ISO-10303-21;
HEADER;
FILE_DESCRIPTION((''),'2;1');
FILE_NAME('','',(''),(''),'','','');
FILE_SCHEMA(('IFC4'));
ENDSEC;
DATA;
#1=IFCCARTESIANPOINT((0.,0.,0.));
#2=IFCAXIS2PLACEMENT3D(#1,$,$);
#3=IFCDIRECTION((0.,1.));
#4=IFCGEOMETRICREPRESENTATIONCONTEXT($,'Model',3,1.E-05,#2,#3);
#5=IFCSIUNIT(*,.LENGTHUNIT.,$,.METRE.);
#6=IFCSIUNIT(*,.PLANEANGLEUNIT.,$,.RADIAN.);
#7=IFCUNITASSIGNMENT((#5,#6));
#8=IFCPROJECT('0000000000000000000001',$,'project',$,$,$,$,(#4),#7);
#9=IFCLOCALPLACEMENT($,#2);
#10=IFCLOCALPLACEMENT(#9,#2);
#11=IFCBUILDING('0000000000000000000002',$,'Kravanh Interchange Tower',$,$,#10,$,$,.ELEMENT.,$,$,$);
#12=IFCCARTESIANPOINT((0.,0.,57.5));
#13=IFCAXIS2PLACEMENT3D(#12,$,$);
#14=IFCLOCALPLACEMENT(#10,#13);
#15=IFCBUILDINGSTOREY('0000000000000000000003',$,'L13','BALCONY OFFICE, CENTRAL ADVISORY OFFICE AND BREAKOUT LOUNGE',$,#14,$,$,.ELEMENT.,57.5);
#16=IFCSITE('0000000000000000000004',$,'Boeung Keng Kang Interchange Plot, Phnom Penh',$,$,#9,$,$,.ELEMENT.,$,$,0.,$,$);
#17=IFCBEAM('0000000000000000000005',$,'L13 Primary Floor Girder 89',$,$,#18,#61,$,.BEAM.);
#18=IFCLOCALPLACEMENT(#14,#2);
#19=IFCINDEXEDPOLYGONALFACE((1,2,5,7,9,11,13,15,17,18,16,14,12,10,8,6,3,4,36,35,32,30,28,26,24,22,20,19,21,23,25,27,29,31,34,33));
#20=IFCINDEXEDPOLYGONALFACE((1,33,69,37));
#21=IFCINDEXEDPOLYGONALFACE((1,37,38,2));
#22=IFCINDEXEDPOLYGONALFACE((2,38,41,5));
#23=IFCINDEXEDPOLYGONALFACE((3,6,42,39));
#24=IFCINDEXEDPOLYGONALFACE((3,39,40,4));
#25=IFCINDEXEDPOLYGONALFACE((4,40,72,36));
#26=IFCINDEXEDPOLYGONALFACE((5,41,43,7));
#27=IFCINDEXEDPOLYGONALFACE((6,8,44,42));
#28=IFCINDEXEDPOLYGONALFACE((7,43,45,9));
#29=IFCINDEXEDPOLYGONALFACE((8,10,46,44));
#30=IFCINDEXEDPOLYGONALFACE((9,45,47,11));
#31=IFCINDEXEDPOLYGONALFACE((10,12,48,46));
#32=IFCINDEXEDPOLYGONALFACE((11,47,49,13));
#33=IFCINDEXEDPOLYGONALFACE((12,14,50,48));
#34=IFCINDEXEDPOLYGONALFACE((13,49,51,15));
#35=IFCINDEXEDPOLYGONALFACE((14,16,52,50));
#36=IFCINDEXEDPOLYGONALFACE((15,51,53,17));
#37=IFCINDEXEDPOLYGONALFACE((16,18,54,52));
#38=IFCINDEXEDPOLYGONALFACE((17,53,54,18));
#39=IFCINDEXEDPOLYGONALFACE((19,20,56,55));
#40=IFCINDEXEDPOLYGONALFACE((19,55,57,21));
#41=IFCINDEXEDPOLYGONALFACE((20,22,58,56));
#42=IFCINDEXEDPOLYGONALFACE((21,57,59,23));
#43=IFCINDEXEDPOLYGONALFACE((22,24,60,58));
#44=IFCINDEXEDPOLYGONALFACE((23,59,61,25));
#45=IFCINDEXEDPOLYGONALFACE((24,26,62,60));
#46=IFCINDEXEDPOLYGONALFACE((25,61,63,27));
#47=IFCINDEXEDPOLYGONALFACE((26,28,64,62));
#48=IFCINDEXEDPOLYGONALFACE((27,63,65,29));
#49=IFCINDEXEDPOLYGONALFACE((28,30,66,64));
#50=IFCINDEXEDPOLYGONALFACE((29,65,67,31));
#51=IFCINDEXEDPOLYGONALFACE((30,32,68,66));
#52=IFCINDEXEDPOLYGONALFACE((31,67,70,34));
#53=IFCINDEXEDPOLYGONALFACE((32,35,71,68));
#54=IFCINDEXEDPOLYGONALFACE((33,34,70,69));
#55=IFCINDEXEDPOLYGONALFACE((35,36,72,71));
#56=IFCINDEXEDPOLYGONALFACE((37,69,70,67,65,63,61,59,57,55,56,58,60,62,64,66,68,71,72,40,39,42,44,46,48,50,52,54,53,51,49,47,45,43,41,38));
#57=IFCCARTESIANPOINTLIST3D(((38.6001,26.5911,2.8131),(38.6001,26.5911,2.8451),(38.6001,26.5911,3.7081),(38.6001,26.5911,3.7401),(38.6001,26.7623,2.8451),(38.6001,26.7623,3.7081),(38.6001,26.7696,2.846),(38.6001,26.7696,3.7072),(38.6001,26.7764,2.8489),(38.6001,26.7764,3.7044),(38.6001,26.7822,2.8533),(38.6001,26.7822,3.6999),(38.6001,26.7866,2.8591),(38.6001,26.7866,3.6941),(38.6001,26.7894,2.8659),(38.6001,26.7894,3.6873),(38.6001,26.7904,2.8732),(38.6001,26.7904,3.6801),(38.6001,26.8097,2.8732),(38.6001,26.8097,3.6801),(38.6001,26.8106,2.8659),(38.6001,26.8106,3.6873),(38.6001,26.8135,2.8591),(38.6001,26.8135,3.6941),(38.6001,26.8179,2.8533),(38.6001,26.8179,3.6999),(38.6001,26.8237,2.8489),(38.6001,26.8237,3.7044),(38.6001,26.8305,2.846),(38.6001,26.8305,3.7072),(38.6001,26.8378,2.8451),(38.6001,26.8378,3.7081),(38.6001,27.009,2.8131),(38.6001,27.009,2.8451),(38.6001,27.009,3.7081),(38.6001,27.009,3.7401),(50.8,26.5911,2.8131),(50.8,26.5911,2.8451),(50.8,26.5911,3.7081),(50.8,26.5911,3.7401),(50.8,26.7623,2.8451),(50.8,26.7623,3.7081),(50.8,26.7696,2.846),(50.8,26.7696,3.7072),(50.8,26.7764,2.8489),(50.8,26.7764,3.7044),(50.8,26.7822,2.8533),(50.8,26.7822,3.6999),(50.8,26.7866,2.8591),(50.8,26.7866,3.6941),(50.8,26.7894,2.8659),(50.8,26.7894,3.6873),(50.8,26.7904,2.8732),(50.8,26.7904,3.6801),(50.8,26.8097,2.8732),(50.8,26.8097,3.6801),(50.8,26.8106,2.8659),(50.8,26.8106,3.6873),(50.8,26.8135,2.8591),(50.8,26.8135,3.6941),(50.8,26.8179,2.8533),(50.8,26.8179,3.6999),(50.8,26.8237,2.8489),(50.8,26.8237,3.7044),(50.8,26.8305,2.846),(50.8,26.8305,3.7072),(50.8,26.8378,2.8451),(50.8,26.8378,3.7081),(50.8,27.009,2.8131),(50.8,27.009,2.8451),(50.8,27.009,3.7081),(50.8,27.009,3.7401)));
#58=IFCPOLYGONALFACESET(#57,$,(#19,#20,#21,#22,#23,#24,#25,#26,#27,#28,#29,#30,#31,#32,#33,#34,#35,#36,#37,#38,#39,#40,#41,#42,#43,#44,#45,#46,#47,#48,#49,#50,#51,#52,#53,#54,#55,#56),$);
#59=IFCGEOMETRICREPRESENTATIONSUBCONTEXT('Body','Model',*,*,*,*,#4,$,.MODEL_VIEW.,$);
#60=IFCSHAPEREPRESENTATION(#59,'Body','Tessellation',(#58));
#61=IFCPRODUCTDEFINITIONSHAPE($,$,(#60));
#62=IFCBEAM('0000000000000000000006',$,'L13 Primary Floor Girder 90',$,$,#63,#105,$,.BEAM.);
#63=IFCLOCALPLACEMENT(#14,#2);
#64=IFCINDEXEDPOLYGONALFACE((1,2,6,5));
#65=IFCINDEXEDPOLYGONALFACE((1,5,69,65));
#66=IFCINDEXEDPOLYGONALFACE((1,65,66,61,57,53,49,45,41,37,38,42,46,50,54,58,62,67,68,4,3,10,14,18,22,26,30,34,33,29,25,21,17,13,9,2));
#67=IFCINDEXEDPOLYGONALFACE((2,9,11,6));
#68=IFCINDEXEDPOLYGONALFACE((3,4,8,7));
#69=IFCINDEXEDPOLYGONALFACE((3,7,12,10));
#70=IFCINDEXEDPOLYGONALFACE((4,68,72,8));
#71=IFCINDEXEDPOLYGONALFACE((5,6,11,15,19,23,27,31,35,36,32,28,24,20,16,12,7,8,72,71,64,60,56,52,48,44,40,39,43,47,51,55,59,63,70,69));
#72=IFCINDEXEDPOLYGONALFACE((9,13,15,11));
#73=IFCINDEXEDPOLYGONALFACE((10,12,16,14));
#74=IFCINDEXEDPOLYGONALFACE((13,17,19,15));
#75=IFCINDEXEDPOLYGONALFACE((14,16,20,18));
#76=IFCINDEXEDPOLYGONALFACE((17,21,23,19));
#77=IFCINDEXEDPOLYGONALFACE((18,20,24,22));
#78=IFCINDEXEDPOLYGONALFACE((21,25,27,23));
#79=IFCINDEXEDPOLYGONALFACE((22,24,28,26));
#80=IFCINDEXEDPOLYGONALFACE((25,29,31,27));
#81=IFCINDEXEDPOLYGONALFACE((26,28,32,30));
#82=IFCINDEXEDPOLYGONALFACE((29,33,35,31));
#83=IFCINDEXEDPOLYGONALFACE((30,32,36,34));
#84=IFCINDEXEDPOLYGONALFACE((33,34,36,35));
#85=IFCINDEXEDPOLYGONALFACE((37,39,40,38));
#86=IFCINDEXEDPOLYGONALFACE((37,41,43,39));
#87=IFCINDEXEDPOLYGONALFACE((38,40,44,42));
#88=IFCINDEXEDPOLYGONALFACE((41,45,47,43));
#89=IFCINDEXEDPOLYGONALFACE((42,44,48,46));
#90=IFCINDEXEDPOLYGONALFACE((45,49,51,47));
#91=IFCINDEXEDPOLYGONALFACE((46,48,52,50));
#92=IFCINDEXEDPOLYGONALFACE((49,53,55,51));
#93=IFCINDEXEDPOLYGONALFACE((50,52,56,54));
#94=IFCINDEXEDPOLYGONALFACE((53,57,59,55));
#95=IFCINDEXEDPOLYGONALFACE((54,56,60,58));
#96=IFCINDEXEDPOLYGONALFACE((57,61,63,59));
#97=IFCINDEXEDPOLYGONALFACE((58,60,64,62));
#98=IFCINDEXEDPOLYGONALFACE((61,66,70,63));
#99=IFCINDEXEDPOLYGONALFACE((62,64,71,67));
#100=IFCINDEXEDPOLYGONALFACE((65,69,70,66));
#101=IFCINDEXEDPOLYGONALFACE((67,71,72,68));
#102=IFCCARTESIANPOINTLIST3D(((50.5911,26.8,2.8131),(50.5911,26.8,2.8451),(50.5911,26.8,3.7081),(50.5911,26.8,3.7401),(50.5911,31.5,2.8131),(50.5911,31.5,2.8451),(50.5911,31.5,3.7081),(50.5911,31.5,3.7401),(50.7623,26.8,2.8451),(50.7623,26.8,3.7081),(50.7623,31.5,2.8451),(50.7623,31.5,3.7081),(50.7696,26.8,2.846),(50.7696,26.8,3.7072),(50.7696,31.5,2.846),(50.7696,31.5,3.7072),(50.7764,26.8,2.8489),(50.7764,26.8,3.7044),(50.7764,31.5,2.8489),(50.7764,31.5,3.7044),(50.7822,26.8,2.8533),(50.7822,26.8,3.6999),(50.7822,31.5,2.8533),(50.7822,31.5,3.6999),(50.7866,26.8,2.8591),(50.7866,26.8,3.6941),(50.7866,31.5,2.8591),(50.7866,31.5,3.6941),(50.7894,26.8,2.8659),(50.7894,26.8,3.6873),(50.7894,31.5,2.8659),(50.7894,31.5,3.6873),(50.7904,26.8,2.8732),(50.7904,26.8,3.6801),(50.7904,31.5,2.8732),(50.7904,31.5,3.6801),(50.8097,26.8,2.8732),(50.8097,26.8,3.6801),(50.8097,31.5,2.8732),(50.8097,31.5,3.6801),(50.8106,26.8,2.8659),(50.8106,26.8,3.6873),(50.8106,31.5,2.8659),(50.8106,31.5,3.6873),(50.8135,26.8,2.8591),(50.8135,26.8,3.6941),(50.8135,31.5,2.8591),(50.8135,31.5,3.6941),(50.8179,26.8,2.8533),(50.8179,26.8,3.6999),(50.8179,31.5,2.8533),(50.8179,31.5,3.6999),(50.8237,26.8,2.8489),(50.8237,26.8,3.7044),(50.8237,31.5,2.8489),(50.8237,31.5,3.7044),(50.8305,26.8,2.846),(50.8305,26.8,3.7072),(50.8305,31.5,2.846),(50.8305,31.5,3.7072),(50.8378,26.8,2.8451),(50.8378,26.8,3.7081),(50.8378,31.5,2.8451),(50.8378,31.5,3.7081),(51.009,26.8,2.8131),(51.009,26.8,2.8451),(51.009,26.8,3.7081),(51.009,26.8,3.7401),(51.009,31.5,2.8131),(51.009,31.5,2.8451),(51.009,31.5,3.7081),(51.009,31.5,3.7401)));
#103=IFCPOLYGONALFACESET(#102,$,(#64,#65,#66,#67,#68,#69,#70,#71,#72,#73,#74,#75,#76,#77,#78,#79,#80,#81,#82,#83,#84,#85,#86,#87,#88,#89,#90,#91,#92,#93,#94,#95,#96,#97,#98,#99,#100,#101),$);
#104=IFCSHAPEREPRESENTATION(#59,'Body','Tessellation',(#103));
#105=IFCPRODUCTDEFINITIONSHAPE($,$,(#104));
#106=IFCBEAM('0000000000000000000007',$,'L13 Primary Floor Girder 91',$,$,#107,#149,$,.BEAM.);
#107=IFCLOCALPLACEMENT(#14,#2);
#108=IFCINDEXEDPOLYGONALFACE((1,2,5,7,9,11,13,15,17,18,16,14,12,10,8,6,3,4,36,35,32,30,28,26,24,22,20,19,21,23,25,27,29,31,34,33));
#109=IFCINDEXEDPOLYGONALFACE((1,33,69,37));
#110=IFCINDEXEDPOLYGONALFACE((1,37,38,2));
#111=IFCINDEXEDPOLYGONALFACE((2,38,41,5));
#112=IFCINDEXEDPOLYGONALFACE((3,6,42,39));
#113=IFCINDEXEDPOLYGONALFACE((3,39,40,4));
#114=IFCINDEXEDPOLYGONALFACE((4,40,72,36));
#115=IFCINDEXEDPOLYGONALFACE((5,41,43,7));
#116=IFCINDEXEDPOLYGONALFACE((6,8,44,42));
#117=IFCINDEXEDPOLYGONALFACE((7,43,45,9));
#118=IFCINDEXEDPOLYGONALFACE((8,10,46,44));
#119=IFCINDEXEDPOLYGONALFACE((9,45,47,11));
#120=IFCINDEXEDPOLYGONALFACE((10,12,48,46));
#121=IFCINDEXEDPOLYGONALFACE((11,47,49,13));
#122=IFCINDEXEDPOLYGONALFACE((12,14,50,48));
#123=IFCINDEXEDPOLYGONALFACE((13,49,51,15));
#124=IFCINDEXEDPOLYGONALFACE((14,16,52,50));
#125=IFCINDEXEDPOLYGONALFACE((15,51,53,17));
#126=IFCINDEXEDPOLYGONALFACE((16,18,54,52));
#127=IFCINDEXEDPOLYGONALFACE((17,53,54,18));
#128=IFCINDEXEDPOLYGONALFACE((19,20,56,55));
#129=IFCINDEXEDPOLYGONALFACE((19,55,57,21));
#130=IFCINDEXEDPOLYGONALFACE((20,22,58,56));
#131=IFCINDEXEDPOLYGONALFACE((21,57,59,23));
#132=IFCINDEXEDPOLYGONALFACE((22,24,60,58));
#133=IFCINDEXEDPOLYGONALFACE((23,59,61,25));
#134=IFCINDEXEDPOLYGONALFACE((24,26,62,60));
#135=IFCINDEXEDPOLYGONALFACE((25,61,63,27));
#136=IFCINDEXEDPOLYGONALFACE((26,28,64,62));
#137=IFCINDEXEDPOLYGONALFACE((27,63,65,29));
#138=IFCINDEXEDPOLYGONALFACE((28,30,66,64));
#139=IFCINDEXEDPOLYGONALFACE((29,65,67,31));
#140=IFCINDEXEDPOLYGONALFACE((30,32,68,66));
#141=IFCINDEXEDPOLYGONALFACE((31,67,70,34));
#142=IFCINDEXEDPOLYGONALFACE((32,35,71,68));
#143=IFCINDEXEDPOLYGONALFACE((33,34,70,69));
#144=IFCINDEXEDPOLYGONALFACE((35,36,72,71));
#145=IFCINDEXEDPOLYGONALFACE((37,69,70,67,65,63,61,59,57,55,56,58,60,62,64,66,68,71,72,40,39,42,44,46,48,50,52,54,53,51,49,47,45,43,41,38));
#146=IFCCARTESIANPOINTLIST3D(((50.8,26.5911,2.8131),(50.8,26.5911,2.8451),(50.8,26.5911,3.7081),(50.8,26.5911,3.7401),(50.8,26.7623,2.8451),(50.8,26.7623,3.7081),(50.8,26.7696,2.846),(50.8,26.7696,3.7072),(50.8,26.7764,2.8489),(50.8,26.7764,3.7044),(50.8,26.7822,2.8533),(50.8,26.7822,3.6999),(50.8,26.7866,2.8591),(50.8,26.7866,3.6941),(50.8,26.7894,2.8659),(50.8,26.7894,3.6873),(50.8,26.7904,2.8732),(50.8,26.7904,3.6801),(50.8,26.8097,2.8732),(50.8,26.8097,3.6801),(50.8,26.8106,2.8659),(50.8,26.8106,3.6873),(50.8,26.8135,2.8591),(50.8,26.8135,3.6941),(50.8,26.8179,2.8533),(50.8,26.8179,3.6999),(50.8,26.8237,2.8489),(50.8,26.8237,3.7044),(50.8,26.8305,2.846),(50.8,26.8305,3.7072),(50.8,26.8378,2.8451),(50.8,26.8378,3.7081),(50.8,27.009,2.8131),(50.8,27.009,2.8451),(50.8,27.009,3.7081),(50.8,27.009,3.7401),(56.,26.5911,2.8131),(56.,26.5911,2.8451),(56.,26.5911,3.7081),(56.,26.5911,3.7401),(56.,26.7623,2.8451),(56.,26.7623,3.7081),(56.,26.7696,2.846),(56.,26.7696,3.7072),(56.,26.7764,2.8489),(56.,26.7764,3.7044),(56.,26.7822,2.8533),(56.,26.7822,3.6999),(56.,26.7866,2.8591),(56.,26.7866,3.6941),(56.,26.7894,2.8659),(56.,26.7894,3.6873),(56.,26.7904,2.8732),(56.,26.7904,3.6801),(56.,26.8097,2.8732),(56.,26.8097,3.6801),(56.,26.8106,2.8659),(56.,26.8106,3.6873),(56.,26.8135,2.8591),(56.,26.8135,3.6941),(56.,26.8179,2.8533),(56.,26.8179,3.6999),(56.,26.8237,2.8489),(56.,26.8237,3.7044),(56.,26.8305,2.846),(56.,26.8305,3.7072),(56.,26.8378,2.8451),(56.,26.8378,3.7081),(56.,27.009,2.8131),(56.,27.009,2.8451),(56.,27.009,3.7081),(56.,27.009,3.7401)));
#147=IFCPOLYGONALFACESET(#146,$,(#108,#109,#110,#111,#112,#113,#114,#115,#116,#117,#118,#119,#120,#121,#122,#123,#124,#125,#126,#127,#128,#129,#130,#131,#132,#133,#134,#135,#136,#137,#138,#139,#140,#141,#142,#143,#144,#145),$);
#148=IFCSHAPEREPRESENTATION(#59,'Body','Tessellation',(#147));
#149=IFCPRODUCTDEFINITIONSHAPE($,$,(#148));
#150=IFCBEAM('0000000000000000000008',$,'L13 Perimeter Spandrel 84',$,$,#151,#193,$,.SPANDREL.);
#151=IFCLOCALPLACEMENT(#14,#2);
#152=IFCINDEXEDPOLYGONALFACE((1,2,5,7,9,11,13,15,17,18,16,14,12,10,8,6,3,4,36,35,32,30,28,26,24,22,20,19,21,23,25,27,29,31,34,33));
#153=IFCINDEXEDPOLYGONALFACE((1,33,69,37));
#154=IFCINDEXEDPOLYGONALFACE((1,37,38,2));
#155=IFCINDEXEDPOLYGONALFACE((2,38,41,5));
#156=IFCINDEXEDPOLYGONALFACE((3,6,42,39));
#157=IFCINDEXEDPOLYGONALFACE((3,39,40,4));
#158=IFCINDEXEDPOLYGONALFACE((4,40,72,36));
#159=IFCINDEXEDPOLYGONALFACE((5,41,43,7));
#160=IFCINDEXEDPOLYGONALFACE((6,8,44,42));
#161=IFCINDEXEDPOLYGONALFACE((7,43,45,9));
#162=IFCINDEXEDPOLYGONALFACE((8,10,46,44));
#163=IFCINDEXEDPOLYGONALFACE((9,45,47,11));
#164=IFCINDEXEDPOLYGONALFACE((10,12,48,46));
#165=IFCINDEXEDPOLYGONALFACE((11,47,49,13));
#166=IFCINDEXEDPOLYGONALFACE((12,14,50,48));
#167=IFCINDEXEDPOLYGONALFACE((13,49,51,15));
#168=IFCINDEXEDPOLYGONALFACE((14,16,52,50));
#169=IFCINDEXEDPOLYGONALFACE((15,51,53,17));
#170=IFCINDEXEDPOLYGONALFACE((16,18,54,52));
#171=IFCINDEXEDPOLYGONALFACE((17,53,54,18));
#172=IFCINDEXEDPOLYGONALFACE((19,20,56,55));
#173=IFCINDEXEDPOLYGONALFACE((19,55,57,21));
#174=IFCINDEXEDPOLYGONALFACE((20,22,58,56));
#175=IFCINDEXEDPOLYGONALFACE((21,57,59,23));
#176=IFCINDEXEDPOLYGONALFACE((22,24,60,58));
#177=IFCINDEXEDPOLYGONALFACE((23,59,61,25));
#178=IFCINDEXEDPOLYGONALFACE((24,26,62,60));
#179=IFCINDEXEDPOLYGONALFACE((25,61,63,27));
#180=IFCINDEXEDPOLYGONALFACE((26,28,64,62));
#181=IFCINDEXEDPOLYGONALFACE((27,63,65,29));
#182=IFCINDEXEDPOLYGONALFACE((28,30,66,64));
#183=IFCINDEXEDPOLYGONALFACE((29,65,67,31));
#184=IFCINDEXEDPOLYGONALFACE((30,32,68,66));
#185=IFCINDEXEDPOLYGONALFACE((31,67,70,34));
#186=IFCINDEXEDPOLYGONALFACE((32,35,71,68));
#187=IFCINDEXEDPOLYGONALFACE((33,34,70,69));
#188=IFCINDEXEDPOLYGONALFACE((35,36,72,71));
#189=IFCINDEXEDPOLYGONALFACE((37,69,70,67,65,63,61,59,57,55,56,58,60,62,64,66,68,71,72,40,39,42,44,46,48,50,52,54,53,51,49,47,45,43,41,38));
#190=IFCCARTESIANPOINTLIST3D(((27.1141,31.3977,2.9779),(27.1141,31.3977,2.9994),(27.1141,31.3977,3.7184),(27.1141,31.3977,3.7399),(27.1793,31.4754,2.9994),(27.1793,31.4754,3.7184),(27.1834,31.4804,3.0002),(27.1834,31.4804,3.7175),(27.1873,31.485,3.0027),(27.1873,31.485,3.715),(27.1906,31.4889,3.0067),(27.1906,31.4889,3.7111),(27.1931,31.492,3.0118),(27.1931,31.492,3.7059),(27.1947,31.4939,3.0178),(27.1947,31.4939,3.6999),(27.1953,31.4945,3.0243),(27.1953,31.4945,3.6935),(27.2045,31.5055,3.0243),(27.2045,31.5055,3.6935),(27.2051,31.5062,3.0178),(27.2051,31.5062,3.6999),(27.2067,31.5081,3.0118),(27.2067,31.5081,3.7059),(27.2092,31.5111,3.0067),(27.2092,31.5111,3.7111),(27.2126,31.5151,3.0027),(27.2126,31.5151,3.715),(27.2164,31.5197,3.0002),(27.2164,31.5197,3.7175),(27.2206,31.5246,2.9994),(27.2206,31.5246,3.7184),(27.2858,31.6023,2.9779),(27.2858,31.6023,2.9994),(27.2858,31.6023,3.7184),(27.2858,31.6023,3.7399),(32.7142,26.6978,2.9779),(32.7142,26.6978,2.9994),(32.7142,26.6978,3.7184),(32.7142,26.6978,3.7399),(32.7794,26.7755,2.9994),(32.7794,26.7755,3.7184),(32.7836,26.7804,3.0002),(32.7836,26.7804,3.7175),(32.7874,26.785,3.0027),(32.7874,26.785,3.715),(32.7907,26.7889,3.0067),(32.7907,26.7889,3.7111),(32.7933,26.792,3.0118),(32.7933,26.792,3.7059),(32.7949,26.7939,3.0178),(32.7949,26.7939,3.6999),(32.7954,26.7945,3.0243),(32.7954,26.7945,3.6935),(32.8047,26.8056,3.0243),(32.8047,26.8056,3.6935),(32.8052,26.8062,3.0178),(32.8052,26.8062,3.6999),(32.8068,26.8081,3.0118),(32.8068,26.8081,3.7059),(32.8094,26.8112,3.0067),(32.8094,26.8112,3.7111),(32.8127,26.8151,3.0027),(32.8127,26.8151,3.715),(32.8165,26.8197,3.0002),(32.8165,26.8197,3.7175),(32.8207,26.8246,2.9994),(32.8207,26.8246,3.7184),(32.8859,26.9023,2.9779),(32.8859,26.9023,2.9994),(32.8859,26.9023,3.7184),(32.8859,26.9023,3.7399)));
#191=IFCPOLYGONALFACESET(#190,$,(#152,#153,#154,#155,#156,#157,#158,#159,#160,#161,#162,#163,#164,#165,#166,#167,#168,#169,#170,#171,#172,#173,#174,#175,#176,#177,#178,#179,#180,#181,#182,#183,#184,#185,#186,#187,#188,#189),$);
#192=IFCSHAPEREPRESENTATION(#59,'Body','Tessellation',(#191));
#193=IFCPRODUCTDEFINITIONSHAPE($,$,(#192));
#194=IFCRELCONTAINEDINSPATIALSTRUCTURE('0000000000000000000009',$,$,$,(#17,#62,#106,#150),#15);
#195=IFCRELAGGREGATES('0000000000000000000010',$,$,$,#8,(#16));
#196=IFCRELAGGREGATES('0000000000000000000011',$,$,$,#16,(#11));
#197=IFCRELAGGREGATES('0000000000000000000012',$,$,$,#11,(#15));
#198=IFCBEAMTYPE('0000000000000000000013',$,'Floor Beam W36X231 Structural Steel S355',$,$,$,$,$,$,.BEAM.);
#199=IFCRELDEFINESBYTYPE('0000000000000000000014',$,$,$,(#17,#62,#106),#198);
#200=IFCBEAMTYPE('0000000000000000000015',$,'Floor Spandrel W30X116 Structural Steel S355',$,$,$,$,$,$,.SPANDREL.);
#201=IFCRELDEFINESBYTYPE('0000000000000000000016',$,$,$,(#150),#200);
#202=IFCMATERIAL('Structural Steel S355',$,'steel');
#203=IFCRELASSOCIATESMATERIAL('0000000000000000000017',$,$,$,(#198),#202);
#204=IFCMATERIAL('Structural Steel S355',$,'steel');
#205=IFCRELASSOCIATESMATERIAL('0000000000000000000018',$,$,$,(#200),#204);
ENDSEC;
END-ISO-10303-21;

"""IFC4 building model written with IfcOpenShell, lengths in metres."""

from ifc_helpers import new_model, si_unit, direction, frame, origin, origin_2d, place, context, subcontext, project, spatial, i_section, extrude, material, material_profile, profile_set, type_object, element, save


model = new_model("IFC4")

# Units and contexts
model_context = context("Model", 3, precision=1e-05, world=origin(), true_north=direction((0.0, 1.0)))
body_context = subcontext(model_context, "Body", "Model", "MODEL_VIEW")
ifc_project = project(units=[si_unit("LENGTHUNIT", "METRE"), si_unit("PLANEANGLEUNIT", "RADIAN")], contexts=[model_context])

# Site, building, storey
site_placement = place(None, origin())
site = spatial("IfcSite", under=ifc_project, at=site_placement, Name="Boeung Keng Kang Interchange Plot, Phnom Penh", CompositionType="ELEMENT", RefElevation=0.0)
building_placement = place(site_placement, origin())
building = spatial("IfcBuilding", under=site, at=building_placement, Name="Kravanh Interchange Tower", CompositionType="ELEMENT")
storey_placement = place(building_placement, frame((0.0, 0.0, 57.5)))
storey = spatial("IfcBuildingStorey", under=building, at=storey_placement, Name="L13", Description="BALCONY OFFICE, CENTRAL ADVISORY OFFICE AND BREAKOUT LOUNGE", CompositionType="ELEMENT", Elevation=57.5)

# Beams
ifc_material_1 = material(Name="Structural Steel S355", Category="steel")
ifc_material_profile_1 = material_profile(ifc_material_1, i_section(OverallWidth=0.418, OverallDepth=0.927, WebThickness=0.0193, FlangeThickness=0.032, FilletRadius=0.0281, at=origin_2d()), Name="W36X231")
ifc_profile_set_1 = profile_set([ifc_material_profile_1], Name="Structural Steel S355")
beam_type_1 = type_object("IfcBeamType", Name="Floor Beam W36X231 Structural Steel S355", PredefinedType="BEAM", material=ifc_profile_set_1)
beam_1_placement = place(storey_placement, frame((38.6001, 26.8, 3.2766), z_axis=(1.0, 0.0, 0.0), x_axis=(0.0, 1.0, 0.0)))
element("IfcBeam", 1, at=beam_1_placement, inside=storey, type_object=beam_type_1, Name="L13 Primary Floor Girder 89", PredefinedType="BEAM", context=body_context, shape_type="SweptSolid", body=[
    extrude(i_section(OverallWidth=0.418, OverallDepth=0.927, WebThickness=0.0193, FlangeThickness=0.032, FilletRadius=0.0281, at=origin_2d()), origin(), (0.0, 0.0, 1.0), 12.2),
])
beam_2_placement = place(storey_placement, frame((50.8, 26.8, 3.2766), z_axis=(0.0, 1.0, 0.0), x_axis=(-1.0, 0.0, 0.0)))
element("IfcBeam", 2, at=beam_2_placement, inside=storey, type_object=beam_type_1, Name="L13 Primary Floor Girder 90", PredefinedType="BEAM", context=body_context, shape_type="SweptSolid", body=[
    extrude(i_section(OverallWidth=0.418, OverallDepth=0.927, WebThickness=0.0193, FlangeThickness=0.032, FilletRadius=0.0281, at=origin_2d()), origin(), (0.0, 0.0, 1.0), 4.7),
])
beam_3_placement = place(storey_placement, frame((50.8, 26.8, 3.2766), z_axis=(1.0, 0.0, 0.0), x_axis=(0.0, 1.0, 0.0)))
element("IfcBeam", 3, at=beam_3_placement, inside=storey, type_object=beam_type_1, Name="L13 Primary Floor Girder 91", PredefinedType="BEAM", context=body_context, shape_type="SweptSolid", body=[
    extrude(i_section(OverallWidth=0.418, OverallDepth=0.927, WebThickness=0.0193, FlangeThickness=0.032, FilletRadius=0.0281, at=origin_2d()), origin(), (0.0, 0.0, 1.0), 5.2),
])
ifc_material_2 = material(Name="Structural Steel S355", Category="steel")
ifc_material_profile_2 = material_profile(ifc_material_2, i_section(OverallWidth=0.2671, OverallDepth=0.762, WebThickness=0.0144, FlangeThickness=0.0215, FilletRadius=0.0249, at=origin_2d()), Name="W30X116")
ifc_profile_set_2 = profile_set([ifc_material_profile_2], Name="Structural Steel S355")
beam_type_2 = type_object("IfcBeamType", Name="Floor Spandrel W30X116 Structural Steel S355", PredefinedType="SPANDREL", material=ifc_profile_set_2)
beam_4_placement = place(storey_placement, frame((32.8, 26.8, 3.3589), z_axis=(-0.765983, 0.642861, 0.0), x_axis=(-0.642861, -0.765983, 0.0)))
element("IfcBeam", 4, at=beam_4_placement, inside=storey, type_object=beam_type_2, Name="L13 Perimeter Spandrel 84", PredefinedType="SPANDREL", context=body_context, shape_type="SweptSolid", body=[
    extrude(i_section(OverallWidth=0.2671, OverallDepth=0.762, WebThickness=0.0144, FlangeThickness=0.0215, FilletRadius=0.0249, at=origin_2d()), origin(), (0.0, 0.0, 1.0), 7.311),
])

save(model, "model.ifc")
